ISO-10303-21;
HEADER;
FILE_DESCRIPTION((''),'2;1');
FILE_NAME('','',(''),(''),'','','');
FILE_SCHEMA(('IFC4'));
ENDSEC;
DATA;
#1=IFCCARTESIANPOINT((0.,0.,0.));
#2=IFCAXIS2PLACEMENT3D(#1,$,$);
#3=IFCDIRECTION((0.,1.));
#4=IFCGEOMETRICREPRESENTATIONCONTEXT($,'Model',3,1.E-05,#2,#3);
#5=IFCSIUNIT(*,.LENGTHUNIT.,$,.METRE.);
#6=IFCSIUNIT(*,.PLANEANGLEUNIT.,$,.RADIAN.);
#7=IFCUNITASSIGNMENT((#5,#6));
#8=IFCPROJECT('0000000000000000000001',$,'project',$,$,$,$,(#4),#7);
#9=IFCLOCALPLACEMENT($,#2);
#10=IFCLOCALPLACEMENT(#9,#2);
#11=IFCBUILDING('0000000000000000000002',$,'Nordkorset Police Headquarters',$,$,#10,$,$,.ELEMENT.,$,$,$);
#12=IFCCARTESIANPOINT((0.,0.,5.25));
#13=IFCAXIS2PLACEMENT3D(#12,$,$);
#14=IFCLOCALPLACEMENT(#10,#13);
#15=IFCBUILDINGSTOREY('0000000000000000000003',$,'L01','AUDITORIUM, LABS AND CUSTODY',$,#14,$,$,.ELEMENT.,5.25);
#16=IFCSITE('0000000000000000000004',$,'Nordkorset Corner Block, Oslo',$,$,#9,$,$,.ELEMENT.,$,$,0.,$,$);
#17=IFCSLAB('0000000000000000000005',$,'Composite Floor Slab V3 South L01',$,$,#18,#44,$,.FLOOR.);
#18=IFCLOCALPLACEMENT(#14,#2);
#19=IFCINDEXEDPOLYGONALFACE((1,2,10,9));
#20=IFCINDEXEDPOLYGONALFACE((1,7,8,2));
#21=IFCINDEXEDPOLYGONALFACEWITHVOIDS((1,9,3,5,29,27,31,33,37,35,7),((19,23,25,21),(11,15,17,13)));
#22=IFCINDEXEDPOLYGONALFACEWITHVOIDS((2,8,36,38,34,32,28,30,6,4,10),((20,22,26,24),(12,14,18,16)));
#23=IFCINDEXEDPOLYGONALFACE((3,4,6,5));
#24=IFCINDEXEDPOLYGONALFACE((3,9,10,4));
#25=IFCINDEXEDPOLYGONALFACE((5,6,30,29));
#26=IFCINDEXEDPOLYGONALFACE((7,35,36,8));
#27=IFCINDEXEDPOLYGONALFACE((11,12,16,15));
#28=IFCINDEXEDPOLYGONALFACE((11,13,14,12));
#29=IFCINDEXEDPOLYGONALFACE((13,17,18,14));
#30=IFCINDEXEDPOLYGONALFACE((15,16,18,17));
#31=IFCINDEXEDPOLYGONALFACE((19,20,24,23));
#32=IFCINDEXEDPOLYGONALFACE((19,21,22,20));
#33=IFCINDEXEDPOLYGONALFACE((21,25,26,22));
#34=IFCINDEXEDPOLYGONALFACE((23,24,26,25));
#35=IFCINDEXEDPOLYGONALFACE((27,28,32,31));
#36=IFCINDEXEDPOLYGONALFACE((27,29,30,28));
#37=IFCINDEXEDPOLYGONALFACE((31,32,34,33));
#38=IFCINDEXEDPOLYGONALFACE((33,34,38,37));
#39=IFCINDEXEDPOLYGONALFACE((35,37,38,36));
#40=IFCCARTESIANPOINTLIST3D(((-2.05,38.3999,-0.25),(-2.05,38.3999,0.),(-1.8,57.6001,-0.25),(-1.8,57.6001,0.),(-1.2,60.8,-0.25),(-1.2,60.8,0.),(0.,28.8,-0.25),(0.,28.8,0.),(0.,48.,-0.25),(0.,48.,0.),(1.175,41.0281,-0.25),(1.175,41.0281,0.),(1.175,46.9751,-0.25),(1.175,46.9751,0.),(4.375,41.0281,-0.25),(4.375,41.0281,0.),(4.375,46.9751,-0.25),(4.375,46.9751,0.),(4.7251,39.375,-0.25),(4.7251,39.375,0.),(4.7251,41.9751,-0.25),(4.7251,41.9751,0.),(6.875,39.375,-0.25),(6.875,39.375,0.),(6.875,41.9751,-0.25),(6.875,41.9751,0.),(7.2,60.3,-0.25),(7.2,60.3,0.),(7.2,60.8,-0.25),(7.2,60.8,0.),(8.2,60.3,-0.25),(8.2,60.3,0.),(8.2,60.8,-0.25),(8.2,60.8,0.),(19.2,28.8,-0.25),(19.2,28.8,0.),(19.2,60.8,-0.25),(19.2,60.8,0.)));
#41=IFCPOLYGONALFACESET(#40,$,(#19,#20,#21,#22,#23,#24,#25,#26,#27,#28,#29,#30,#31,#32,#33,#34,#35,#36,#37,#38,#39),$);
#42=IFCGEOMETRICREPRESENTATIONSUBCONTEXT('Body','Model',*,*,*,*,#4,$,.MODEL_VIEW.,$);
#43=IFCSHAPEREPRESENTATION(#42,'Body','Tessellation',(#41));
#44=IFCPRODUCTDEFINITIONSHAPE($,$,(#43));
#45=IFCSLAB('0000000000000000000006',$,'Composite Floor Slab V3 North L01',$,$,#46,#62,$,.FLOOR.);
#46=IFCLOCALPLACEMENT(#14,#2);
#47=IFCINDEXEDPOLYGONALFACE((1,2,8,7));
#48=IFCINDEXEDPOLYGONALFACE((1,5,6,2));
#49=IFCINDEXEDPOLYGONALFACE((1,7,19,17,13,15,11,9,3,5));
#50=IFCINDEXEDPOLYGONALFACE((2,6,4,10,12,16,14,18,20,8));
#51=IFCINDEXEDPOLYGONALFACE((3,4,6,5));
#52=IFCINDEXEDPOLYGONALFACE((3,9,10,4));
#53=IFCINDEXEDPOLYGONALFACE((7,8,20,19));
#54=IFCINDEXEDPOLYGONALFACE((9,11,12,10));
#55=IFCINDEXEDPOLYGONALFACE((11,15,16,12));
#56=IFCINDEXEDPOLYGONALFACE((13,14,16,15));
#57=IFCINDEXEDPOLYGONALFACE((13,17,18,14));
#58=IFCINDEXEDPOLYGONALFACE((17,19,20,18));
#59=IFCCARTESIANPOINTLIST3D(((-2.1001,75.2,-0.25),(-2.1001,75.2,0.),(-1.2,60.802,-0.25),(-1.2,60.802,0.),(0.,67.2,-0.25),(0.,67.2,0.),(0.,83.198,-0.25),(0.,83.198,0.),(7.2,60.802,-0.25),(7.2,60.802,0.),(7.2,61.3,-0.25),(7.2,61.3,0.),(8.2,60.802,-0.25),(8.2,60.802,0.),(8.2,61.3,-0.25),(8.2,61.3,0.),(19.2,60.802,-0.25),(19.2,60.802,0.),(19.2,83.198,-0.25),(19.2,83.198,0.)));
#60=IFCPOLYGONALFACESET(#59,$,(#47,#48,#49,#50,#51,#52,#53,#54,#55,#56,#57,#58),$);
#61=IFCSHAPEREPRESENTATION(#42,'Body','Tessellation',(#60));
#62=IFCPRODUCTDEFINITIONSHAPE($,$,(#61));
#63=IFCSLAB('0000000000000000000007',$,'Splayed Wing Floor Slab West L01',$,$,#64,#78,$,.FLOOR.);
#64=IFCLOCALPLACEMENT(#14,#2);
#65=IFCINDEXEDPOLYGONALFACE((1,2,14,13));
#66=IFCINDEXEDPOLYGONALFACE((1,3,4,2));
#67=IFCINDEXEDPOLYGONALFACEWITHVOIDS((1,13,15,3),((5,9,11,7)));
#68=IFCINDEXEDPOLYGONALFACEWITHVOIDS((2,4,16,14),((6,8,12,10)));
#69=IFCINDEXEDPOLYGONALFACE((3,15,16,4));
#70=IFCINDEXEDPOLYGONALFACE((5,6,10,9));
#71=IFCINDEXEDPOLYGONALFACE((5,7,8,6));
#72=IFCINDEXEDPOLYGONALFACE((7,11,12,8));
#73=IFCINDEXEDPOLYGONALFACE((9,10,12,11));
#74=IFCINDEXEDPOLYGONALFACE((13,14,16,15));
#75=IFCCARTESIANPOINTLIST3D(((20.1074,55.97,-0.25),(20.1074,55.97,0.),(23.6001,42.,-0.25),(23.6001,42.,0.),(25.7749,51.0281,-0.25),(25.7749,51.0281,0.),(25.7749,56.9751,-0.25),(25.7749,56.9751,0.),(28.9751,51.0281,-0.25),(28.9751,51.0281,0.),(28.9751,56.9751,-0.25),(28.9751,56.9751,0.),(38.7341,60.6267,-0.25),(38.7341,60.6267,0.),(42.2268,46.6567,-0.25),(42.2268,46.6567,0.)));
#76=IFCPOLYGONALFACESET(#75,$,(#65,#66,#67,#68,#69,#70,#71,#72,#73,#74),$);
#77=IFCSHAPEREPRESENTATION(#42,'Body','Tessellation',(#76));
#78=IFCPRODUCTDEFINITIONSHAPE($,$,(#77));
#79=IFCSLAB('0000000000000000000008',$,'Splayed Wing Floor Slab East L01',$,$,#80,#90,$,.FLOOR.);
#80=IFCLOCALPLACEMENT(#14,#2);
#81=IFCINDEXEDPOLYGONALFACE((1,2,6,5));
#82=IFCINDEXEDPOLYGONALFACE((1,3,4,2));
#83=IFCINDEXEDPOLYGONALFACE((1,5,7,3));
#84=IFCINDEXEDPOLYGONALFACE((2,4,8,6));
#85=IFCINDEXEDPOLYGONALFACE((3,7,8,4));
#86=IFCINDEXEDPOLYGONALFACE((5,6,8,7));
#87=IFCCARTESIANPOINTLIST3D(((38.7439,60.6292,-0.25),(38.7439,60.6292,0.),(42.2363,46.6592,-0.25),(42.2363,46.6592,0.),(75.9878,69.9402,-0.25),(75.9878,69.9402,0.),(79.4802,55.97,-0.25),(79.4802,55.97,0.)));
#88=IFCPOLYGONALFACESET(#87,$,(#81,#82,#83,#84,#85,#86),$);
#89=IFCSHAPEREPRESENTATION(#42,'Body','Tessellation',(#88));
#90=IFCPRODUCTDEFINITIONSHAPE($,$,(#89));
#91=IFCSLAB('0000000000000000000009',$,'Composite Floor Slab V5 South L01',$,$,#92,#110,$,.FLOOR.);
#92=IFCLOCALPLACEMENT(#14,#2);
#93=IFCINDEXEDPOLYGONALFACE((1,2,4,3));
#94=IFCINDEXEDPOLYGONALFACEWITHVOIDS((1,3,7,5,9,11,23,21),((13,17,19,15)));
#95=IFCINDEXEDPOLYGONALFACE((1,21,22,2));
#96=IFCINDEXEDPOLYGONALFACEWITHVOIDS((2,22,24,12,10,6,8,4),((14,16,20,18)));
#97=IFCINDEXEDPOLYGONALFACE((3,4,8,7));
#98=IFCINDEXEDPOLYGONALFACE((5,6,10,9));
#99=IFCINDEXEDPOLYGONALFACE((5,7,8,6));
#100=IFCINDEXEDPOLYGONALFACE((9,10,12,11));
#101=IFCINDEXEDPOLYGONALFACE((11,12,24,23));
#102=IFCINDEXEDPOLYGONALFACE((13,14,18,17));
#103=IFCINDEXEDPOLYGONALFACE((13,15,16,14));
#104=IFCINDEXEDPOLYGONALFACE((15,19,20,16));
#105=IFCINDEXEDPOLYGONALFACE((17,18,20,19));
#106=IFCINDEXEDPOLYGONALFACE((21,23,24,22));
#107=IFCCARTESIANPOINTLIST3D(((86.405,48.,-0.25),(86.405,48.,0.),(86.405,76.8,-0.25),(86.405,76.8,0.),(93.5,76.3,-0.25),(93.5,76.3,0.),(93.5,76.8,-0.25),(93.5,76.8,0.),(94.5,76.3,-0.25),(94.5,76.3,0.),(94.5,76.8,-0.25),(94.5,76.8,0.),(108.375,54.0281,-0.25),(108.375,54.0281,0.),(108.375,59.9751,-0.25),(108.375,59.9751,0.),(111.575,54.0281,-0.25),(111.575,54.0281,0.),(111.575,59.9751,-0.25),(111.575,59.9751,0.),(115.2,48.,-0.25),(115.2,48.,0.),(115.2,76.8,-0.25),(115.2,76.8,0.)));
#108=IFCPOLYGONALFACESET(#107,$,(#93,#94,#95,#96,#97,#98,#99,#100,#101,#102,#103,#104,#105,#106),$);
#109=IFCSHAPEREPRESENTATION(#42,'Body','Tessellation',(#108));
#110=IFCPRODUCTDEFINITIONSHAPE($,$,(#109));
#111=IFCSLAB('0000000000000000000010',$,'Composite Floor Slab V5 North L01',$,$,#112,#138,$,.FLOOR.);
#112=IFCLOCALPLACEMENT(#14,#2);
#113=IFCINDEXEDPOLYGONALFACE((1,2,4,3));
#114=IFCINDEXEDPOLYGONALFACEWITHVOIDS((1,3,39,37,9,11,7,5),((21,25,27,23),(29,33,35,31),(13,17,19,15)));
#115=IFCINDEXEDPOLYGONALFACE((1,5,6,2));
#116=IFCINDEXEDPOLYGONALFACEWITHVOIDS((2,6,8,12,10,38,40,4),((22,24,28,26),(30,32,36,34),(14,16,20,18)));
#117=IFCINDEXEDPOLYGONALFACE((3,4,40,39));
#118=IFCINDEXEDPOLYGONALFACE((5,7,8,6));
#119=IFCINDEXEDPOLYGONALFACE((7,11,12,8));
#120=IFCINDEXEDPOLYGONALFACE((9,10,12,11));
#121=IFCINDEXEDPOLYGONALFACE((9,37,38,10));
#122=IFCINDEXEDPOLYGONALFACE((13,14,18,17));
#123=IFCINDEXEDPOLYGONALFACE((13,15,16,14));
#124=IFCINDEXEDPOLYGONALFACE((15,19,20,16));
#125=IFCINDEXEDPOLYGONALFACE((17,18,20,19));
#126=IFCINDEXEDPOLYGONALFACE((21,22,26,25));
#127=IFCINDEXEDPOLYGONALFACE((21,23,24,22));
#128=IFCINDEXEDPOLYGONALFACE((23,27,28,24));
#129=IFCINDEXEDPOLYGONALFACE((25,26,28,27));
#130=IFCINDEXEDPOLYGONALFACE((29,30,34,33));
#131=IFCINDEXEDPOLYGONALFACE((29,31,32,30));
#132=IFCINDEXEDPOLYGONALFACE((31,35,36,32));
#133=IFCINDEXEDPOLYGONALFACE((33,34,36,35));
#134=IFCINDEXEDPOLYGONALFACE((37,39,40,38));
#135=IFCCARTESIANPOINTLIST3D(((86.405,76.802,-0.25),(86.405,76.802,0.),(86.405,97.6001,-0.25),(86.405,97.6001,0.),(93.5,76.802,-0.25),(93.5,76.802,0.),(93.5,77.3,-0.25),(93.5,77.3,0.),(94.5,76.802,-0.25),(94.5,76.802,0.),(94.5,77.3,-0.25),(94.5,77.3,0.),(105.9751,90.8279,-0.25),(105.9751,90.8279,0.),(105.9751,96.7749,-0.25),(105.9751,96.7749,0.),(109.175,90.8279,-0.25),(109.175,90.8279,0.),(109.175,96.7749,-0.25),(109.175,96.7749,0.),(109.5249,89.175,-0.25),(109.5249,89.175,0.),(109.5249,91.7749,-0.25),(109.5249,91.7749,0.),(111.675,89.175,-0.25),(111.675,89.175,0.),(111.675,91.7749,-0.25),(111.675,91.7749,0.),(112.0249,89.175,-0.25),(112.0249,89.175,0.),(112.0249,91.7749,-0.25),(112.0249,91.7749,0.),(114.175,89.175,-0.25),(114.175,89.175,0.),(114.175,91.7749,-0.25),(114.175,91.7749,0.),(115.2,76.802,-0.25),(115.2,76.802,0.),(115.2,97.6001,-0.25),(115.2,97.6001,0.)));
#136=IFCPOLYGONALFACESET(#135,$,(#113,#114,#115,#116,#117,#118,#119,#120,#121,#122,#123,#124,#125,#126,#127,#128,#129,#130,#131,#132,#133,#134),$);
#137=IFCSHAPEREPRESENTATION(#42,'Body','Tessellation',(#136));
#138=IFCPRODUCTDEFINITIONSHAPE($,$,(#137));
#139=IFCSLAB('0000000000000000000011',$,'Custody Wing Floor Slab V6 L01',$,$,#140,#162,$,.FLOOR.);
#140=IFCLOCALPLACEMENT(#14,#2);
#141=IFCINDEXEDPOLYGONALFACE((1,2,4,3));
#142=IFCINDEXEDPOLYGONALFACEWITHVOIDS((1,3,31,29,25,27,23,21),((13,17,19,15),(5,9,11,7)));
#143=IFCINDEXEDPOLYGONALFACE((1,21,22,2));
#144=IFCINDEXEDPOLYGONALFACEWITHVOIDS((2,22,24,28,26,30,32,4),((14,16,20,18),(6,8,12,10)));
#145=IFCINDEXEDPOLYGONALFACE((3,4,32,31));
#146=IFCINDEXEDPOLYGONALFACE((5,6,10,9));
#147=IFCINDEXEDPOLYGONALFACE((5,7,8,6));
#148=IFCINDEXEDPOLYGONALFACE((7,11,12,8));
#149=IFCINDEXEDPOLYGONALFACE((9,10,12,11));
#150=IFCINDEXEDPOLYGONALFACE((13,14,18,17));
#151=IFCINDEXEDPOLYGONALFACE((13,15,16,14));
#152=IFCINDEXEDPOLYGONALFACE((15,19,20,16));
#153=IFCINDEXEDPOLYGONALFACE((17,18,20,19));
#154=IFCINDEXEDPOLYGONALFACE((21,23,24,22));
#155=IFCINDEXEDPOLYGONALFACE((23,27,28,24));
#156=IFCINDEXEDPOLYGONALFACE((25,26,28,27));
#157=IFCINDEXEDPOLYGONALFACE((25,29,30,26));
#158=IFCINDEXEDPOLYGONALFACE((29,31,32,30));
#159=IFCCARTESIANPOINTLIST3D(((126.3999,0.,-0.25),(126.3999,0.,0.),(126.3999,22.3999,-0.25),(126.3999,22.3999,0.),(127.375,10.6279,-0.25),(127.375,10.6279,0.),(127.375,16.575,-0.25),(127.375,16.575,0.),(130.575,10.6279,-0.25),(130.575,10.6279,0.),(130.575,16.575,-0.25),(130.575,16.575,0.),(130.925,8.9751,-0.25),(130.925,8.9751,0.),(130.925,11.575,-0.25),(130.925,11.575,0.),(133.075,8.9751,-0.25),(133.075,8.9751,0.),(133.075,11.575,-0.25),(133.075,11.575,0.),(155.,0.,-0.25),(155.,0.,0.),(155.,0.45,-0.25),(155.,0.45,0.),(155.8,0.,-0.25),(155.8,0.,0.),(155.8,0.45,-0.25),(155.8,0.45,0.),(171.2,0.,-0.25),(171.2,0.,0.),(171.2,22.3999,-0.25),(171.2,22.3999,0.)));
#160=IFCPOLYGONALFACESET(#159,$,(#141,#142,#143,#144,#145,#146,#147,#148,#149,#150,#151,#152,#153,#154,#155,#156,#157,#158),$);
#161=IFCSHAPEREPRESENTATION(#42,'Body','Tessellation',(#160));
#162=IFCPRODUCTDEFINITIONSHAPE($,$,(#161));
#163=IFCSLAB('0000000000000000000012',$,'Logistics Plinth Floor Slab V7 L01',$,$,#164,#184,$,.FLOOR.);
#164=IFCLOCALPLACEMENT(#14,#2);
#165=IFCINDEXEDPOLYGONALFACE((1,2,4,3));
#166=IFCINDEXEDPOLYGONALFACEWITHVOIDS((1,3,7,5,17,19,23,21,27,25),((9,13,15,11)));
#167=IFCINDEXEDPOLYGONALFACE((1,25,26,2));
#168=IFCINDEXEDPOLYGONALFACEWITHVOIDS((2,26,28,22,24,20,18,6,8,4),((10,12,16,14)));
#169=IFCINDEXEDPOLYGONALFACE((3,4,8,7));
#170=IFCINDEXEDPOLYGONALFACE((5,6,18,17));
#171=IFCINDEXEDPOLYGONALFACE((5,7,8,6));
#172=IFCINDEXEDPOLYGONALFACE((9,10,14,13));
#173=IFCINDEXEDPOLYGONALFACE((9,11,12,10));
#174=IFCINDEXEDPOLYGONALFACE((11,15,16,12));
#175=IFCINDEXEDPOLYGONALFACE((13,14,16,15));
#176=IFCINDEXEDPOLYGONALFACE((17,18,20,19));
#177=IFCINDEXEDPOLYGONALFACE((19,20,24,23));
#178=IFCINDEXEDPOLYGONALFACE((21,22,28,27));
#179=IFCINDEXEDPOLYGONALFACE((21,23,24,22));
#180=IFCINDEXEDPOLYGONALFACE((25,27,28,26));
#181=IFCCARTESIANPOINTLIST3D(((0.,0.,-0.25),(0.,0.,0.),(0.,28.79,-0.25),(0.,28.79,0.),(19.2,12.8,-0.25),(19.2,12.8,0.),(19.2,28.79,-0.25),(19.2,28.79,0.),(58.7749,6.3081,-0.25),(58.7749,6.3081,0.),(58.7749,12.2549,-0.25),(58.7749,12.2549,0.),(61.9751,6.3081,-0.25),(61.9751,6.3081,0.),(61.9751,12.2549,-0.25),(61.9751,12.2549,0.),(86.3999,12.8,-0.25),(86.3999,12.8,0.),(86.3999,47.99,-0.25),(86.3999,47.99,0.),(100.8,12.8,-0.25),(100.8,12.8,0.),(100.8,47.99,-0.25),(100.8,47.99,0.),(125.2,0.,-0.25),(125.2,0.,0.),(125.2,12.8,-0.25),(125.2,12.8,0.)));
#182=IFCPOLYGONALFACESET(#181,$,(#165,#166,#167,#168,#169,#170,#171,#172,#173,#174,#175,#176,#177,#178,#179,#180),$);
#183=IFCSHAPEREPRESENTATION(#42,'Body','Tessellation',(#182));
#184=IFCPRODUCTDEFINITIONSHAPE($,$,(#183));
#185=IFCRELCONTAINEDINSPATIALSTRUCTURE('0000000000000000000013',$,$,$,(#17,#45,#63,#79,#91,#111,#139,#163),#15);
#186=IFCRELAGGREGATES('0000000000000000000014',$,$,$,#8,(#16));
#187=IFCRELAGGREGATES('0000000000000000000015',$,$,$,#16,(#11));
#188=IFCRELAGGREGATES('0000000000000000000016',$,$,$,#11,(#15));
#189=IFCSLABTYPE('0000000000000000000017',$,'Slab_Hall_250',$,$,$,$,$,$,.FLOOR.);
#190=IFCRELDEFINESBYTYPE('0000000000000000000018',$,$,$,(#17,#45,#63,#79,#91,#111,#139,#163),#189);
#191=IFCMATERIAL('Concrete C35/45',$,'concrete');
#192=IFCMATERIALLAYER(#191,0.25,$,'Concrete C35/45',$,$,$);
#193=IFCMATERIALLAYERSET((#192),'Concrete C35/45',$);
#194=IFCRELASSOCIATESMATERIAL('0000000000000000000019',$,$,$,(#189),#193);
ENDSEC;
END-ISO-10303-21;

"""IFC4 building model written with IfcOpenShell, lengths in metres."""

from ifc_helpers import new_model, si_unit, direction, frame, origin, place, context, subcontext, project, spatial, polyline, outline, extrude, material, layer, layer_set, type_object, element, save


model = new_model("IFC4")

# Units and contexts
model_context = context("Model", 3, precision=1e-05, world=origin(), true_north=direction((0.0, 1.0)))
body_context = subcontext(model_context, "Body", "Model", "MODEL_VIEW")
ifc_project = project(units=[si_unit("LENGTHUNIT", "METRE"), si_unit("PLANEANGLEUNIT", "RADIAN")], contexts=[model_context])

# Site, building, storey
site_placement = place(None, origin())
site = spatial("IfcSite", under=ifc_project, at=site_placement, Name="Nordkorset Corner Block, Oslo", CompositionType="ELEMENT", RefElevation=0.0)
building_placement = place(site_placement, origin())
building = spatial("IfcBuilding", under=site, at=building_placement, Name="Nordkorset Police Headquarters", CompositionType="ELEMENT")
storey_placement = place(building_placement, frame((0.0, 0.0, 5.25)))
storey = spatial("IfcBuildingStorey", under=building, at=storey_placement, Name="L01", Description="AUDITORIUM, LABS AND CUSTODY", CompositionType="ELEMENT", Elevation=5.25)

# Slabs
ifc_material_1 = material(Name="Concrete C35/45", Category="concrete")
ifc_layer_1 = layer(ifc_material_1, 0.25, Name="Concrete C35/45")
ifc_layer_set_1 = layer_set([ifc_layer_1], Name="Concrete C35/45")
slab_type_1 = type_object("IfcSlabType", Name="Slab_Hall_250", PredefinedType="FLOOR", material=ifc_layer_set_1)
slab_1_placement = place(storey_placement, frame((0.0, 0.0, -0.25)))
element("IfcSlab", 1, at=slab_1_placement, inside=storey, type_object=slab_type_1, Name="Composite Floor Slab V3 South L01", PredefinedType="FLOOR", context=body_context, shape_type="SweptSolid", body=[
    extrude(outline(polyline([(0.0, 48.0), (-1.8, 57.6001), (-1.2, 60.8), (7.2, 60.8), (7.2, 60.3), (8.2, 60.3), (8.2, 60.8), (19.2, 60.8), (19.2, 28.8), (0.0, 28.8), (-2.05, 38.3999), (0.0, 48.0)]), holes=[polyline([(1.175, 46.9751), (1.175, 41.0281), (4.375, 41.0281), (4.375, 46.9751), (1.175, 46.9751)]), polyline([(6.875, 41.9751), (4.7251, 41.9751), (4.7251, 39.375), (6.875, 39.375), (6.875, 41.9751)])]), origin(), (0.0, 0.0, 1.0), 0.25),
])
slab_2_placement = place(storey_placement, frame((0.0, 0.0, -0.25)))
element("IfcSlab", 2, at=slab_2_placement, inside=storey, type_object=slab_type_1, Name="Composite Floor Slab V3 North L01", PredefinedType="FLOOR", context=body_context, shape_type="SweptSolid", body=[
    extrude(outline(polyline([(-1.2, 60.802), (7.2, 60.802), (7.2, 61.3), (8.2, 61.3), (8.2, 60.802), (19.2, 60.802), (19.2, 83.198), (0.0, 83.198), (-2.1001, 75.2), (0.0, 67.2), (-1.2, 60.802)])), origin(), (0.0, 0.0, 1.0), 0.25),
])
slab_3_placement = place(storey_placement, frame((0.0, 0.0, -0.25)))
element("IfcSlab", 3, at=slab_3_placement, inside=storey, type_object=slab_type_1, Name="Splayed Wing Floor Slab West L01", PredefinedType="FLOOR", context=body_context, shape_type="SweptSolid", body=[
    extrude(outline(polyline([(20.1074, 55.97), (38.7341, 60.6267), (42.2268, 46.6567), (23.6001, 42.0), (20.1074, 55.97)]), holes=[polyline([(28.9751, 56.9751), (25.7749, 56.9751), (25.7749, 51.0281), (28.9751, 51.0281), (28.9751, 56.9751)])]), origin(), (0.0, 0.0, 1.0), 0.25),
])
slab_4_placement = place(storey_placement, frame((0.0, 0.0, -0.25)))
element("IfcSlab", 4, at=slab_4_placement, inside=storey, type_object=slab_type_1, Name="Splayed Wing Floor Slab East L01", PredefinedType="FLOOR", context=body_context, shape_type="SweptSolid", body=[
    extrude(outline(polyline([(42.2363, 46.6592), (79.4802, 55.97), (75.9878, 69.9402), (38.7439, 60.6292), (42.2363, 46.6592)])), origin(), (0.0, 0.0, 1.0), 0.25),
])
slab_5_placement = place(storey_placement, frame((0.0, 0.0, -0.25)))
element("IfcSlab", 5, at=slab_5_placement, inside=storey, type_object=slab_type_1, Name="Composite Floor Slab V5 South L01", PredefinedType="FLOOR", context=body_context, shape_type="SweptSolid", body=[
    extrude(outline(polyline([(86.405, 76.8), (93.5, 76.8), (93.5, 76.3), (94.5, 76.3), (94.5, 76.8), (115.2, 76.8), (115.2, 48.0), (86.405, 48.0), (86.405, 76.8)]), holes=[polyline([(111.575, 59.9751), (108.375, 59.9751), (108.375, 54.0281), (111.575, 54.0281), (111.575, 59.9751)])]), origin(), (0.0, 0.0, 1.0), 0.25),
])
slab_6_placement = place(storey_placement, frame((0.0, 0.0, -0.25)))
element("IfcSlab", 6, at=slab_6_placement, inside=storey, type_object=slab_type_1, Name="Composite Floor Slab V5 North L01", PredefinedType="FLOOR", context=body_context, shape_type="SweptSolid", body=[
    extrude(outline(polyline([(115.2, 76.802), (94.5, 76.802), (94.5, 77.3), (93.5, 77.3), (93.5, 76.802), (86.405, 76.802), (86.405, 97.6001), (115.2, 97.6001), (115.2, 76.802)]), holes=[polyline([(105.9751, 90.8279), (109.175, 90.8279), (109.175, 96.7749), (105.9751, 96.7749), (105.9751, 90.8279)]), polyline([(109.5249, 91.7749), (109.5249, 89.175), (111.675, 89.175), (111.675, 91.7749), (109.5249, 91.7749)]), polyline([(114.175, 91.7749), (112.0249, 91.7749), (112.0249, 89.175), (114.175, 89.175), (114.175, 91.7749)])]), origin(), (0.0, 0.0, 1.0), 0.25),
])
slab_7_placement = place(storey_placement, frame((0.0, 0.0, -0.25)))
element("IfcSlab", 7, at=slab_7_placement, inside=storey, type_object=slab_type_1, Name="Custody Wing Floor Slab V6 L01", PredefinedType="FLOOR", context=body_context, shape_type="SweptSolid", body=[
    extrude(outline(polyline([(171.2, 22.3999), (171.2, 0.0), (155.8, 0.0), (155.8, 0.45), (155.0, 0.45), (155.0, 0.0), (126.3999, 0.0), (126.3999, 22.3999), (171.2, 22.3999)]), holes=[polyline([(127.375, 16.575), (127.375, 10.6279), (130.575, 10.6279), (130.575, 16.575), (127.375, 16.575)]), polyline([(133.075, 11.575), (130.925, 11.575), (130.925, 8.9751), (133.075, 8.9751), (133.075, 11.575)])]), origin(), (0.0, 0.0, 1.0), 0.25),
])
slab_8_placement = place(storey_placement, frame((0.0, 0.0, -0.25)))
element("IfcSlab", 8, at=slab_8_placement, inside=storey, type_object=slab_type_1, Name="Logistics Plinth Floor Slab V7 L01", PredefinedType="FLOOR", context=body_context, shape_type="SweptSolid", body=[
    extrude(outline(polyline([(0.0, 28.79), (19.2, 28.79), (19.2, 12.8), (86.3999, 12.8), (86.3999, 47.99), (100.8, 47.99), (100.8, 12.8), (125.2, 12.8), (125.2, 0.0), (0.0, 0.0), (0.0, 28.79)]), holes=[polyline([(61.9751, 12.2549), (58.7749, 12.2549), (58.7749, 6.3081), (61.9751, 6.3081), (61.9751, 12.2549)])]), origin(), (0.0, 0.0, 1.0), 0.25),
])

save(model, "model.ifc")
